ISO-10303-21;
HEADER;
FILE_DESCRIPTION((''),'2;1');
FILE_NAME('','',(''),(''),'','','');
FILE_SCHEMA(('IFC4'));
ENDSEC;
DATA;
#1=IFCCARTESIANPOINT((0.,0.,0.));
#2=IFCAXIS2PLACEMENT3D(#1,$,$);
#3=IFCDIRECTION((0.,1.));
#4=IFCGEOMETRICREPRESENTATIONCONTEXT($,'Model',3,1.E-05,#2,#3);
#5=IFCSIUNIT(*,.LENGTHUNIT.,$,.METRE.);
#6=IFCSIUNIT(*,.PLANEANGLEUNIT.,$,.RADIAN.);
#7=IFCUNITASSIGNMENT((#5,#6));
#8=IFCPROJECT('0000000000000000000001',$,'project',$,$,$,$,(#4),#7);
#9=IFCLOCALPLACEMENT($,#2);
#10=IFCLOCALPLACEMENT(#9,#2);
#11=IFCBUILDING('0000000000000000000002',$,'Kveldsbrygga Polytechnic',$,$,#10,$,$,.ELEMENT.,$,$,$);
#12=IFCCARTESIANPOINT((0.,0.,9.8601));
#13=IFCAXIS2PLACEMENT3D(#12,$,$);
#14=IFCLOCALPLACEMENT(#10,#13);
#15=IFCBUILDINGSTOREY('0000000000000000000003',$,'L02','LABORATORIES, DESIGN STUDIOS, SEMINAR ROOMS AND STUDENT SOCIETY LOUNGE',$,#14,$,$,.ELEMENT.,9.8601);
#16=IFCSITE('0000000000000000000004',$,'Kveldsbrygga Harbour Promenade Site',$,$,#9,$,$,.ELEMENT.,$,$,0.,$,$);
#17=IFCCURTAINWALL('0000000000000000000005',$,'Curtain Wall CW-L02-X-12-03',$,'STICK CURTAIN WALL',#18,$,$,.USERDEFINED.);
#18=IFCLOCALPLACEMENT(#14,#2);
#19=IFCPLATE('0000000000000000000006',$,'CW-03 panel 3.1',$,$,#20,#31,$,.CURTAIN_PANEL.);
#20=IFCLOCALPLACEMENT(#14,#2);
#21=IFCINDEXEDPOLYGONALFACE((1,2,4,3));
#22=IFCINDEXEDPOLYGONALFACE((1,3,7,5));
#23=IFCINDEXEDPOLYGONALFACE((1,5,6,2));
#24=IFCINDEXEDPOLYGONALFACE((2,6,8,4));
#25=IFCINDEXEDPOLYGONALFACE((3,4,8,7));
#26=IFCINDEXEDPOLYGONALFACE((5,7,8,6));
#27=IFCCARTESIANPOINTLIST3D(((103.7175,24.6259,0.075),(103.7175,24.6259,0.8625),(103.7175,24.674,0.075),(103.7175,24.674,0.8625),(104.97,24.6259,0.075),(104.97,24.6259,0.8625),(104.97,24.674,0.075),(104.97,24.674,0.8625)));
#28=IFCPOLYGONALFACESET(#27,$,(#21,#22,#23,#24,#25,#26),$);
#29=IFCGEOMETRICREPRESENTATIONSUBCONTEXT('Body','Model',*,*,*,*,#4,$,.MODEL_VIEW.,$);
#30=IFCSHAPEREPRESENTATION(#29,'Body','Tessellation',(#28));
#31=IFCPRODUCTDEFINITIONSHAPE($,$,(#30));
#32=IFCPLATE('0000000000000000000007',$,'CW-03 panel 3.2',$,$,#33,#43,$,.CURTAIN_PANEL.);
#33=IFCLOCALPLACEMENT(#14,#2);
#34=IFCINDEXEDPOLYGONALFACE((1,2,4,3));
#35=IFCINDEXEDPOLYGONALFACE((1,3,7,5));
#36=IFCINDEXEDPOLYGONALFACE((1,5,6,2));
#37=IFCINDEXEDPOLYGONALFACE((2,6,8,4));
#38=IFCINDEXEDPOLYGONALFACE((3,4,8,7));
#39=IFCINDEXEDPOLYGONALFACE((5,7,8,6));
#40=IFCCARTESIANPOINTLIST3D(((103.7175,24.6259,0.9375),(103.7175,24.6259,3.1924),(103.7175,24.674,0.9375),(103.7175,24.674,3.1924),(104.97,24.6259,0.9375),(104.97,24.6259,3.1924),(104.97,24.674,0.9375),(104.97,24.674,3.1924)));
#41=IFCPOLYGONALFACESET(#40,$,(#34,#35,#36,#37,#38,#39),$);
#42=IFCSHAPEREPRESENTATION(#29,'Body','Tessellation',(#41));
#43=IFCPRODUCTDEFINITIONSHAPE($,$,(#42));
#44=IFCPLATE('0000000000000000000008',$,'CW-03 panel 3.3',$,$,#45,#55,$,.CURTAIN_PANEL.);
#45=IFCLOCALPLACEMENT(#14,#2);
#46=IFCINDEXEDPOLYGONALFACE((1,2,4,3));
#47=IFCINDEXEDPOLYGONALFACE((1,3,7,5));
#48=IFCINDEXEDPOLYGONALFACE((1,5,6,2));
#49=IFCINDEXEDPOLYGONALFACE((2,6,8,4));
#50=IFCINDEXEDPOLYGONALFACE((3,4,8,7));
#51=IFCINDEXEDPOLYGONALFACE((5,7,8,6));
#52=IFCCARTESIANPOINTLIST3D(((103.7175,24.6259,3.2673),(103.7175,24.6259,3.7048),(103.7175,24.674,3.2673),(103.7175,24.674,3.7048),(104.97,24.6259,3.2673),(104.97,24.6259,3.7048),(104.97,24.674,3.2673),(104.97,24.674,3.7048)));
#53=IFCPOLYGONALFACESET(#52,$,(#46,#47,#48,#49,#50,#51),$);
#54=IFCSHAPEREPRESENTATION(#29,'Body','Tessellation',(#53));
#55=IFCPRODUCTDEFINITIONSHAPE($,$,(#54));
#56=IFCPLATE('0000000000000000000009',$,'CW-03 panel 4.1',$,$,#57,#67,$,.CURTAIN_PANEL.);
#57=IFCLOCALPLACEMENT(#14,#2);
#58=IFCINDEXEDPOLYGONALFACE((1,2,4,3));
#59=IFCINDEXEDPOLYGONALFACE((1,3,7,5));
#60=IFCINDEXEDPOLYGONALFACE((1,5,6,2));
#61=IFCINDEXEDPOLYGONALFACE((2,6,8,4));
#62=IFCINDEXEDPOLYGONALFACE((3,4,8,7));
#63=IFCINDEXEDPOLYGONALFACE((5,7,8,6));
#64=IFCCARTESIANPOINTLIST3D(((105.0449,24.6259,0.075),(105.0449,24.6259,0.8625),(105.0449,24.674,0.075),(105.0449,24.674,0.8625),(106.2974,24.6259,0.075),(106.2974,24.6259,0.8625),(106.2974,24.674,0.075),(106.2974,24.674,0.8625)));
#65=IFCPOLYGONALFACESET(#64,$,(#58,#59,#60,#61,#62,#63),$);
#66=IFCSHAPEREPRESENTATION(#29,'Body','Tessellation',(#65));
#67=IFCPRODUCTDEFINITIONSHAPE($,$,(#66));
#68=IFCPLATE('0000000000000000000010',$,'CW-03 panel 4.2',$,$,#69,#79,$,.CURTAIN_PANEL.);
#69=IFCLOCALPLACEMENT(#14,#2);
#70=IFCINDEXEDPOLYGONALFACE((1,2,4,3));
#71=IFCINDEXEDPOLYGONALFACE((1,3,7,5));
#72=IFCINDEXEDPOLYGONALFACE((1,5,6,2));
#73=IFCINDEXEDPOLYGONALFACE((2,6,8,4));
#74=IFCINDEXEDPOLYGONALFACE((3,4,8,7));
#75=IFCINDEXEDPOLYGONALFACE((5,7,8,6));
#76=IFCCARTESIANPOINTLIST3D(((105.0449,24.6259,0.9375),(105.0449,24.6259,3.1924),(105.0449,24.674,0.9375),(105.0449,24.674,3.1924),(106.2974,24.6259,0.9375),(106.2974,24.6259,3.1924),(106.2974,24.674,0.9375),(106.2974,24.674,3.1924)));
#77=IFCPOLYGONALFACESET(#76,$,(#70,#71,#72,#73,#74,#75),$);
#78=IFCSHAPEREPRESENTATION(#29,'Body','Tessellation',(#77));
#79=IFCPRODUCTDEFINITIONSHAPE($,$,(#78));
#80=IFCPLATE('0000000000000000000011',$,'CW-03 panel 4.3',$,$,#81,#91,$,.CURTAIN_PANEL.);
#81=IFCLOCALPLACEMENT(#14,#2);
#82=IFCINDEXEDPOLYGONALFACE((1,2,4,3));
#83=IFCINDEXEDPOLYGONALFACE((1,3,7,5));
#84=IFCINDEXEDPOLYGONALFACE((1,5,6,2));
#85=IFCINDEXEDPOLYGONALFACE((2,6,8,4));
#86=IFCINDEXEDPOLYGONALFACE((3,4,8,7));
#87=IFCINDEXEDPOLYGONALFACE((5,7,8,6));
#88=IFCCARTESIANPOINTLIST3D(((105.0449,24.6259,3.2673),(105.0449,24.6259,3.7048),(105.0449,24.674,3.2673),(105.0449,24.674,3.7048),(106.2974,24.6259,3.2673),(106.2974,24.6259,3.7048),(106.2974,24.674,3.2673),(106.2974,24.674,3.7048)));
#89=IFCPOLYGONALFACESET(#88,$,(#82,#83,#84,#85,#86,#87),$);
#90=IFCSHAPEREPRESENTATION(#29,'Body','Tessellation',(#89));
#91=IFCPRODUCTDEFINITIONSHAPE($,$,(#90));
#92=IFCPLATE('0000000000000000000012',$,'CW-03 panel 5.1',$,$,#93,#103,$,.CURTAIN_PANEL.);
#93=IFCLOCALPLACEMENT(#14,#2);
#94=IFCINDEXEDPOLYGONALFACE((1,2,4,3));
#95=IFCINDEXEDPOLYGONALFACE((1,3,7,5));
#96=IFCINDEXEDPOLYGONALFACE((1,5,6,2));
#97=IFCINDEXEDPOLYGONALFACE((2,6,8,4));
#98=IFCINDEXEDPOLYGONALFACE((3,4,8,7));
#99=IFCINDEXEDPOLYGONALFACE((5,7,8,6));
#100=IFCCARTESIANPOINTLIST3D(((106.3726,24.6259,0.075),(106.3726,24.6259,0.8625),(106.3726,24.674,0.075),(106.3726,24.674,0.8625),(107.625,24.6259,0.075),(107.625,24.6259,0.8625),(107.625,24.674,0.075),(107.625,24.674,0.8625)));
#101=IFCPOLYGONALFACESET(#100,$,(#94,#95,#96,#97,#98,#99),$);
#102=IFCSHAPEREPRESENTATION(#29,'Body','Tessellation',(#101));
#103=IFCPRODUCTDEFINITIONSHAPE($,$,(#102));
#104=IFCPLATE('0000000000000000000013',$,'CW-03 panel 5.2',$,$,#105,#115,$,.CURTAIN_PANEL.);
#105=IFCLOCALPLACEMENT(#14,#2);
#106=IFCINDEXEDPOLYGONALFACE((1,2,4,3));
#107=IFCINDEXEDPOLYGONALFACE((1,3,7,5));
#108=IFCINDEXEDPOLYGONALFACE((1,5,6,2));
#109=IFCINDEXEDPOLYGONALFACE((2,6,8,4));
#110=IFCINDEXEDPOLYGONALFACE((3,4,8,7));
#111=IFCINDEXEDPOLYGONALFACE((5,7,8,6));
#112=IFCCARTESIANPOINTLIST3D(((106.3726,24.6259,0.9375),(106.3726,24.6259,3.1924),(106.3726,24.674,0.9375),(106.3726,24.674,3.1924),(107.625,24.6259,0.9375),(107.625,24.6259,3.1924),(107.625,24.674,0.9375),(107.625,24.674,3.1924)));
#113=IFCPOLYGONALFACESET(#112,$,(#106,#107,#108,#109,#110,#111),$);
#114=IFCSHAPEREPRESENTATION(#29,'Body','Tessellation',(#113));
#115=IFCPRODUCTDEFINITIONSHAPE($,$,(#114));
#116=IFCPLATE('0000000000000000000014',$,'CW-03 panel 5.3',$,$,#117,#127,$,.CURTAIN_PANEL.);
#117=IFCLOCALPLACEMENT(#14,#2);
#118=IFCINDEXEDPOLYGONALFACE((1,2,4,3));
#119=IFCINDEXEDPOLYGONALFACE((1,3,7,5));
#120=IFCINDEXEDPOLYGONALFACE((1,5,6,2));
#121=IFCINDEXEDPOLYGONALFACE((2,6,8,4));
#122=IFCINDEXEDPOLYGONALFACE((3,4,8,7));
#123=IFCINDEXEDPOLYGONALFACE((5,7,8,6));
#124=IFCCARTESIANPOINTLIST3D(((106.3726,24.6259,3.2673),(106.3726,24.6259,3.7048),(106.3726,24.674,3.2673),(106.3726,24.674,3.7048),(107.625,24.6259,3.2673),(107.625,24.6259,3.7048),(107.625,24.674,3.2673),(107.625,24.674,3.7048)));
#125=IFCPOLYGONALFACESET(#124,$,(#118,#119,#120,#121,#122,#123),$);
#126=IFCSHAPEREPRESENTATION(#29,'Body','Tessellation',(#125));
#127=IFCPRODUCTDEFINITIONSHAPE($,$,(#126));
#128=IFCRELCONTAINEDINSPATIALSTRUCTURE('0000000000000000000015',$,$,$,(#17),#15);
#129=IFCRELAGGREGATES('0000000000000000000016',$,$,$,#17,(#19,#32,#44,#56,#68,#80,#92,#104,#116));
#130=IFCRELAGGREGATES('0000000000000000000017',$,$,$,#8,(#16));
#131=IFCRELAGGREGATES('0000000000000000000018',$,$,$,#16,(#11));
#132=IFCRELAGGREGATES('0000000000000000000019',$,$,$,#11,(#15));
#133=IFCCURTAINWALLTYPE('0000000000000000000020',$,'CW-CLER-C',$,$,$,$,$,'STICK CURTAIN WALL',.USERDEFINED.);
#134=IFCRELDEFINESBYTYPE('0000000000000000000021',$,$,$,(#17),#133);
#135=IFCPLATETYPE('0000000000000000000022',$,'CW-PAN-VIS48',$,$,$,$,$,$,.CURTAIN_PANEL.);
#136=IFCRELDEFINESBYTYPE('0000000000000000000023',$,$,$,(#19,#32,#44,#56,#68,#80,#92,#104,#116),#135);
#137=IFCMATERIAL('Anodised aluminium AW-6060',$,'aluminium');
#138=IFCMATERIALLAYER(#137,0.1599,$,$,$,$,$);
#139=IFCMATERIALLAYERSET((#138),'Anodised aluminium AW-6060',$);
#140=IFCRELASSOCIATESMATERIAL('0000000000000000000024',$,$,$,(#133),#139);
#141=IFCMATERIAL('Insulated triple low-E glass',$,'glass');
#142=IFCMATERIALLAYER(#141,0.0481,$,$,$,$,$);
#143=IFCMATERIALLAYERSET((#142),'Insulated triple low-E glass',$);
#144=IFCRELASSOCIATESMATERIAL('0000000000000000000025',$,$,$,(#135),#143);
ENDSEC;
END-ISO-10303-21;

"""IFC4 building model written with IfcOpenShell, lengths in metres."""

from ifc_helpers import new_model, si_unit, direction, frame, origin, origin_2d, place, context, subcontext, project, spatial, rectangle, extrude, material, layer, layer_set, type_object, element, aggregate, save


model = new_model("IFC4")

# Units and contexts
model_context = context("Model", 3, precision=1e-05, world=origin(), true_north=direction((0.0, 1.0)))
body_context = subcontext(model_context, "Body", "Model", "MODEL_VIEW")
ifc_project = project(units=[si_unit("LENGTHUNIT", "METRE"), si_unit("PLANEANGLEUNIT", "RADIAN")], contexts=[model_context])

# Site, building, storey
site_placement = place(None, origin())
site = spatial("IfcSite", under=ifc_project, at=site_placement, Name="Kveldsbrygga Harbour Promenade Site", CompositionType="ELEMENT", RefElevation=0.0)
building_placement = place(site_placement, origin())
building = spatial("IfcBuilding", under=site, at=building_placement, Name="Kveldsbrygga Polytechnic", CompositionType="ELEMENT")
storey_placement = place(building_placement, frame((0.0, 0.0, 9.8601)))
storey = spatial("IfcBuildingStorey", under=building, at=storey_placement, Name="L02", Description="LABORATORIES, DESIGN STUDIOS, SEMINAR ROOMS AND STUDENT SOCIETY LOUNGE", CompositionType="ELEMENT", Elevation=9.8601)

# Curtain wall, plates
ifc_material_1 = material(Name="Anodised aluminium AW-6060", Category="aluminium")
ifc_layer_1 = layer(ifc_material_1, 0.1599)
ifc_layer_set_1 = layer_set([ifc_layer_1], Name="Anodised aluminium AW-6060")
curtain_wall_type = type_object("IfcCurtainWallType", Name="CW-CLER-C", ElementType="STICK CURTAIN WALL", PredefinedType="USERDEFINED", material=ifc_layer_set_1)
curtain_wall_placement = place(storey_placement, origin())
curtain_wall = element("IfcCurtainWall", 1, at=curtain_wall_placement, inside=storey, type_object=curtain_wall_type, Name="Curtain Wall CW-L02-X-12-03", ObjectType="STICK CURTAIN WALL", PredefinedType="USERDEFINED")
ifc_material_2 = material(Name="Insulated triple low-E glass", Category="glass")
ifc_layer_2 = layer(ifc_material_2, 0.0481)
ifc_layer_set_2 = layer_set([ifc_layer_2], Name="Insulated triple low-E glass")
plate_type = type_object("IfcPlateType", Name="CW-PAN-VIS48", PredefinedType="CURTAIN_PANEL", material=ifc_layer_set_2)
plate_1_placement = place(storey_placement, frame((104.3438, 24.6499, 0.075), z_axis=(0.0, 0.0, 1.0), x_axis=(1.0, 0.0, 0.0)))
plate_1 = element("IfcPlate", 2, at=plate_1_placement, type_object=plate_type, Name="CW-03 panel 3.1", PredefinedType="CURTAIN_PANEL", context=body_context, shape_type="SweptSolid", body=[
    extrude(rectangle(XDim=1.2524, YDim=0.0481, at=origin_2d()), origin(), (0.0, 0.0, 1.0), 0.7876),
])
plate_2_placement = place(storey_placement, frame((104.3438, 24.6499, 0.9375), z_axis=(0.0, 0.0, 1.0), x_axis=(1.0, 0.0, 0.0)))
plate_2 = element("IfcPlate", 3, at=plate_2_placement, type_object=plate_type, Name="CW-03 panel 3.2", PredefinedType="CURTAIN_PANEL", context=body_context, shape_type="SweptSolid", body=[
    extrude(rectangle(XDim=1.2524, YDim=0.0481, at=origin_2d()), origin(), (0.0, 0.0, 1.0), 2.2549),
])
plate_3_placement = place(storey_placement, frame((104.3438, 24.6499, 3.2673), z_axis=(0.0, 0.0, 1.0), x_axis=(1.0, 0.0, 0.0)))
plate_3 = element("IfcPlate", 4, at=plate_3_placement, type_object=plate_type, Name="CW-03 panel 3.3", PredefinedType="CURTAIN_PANEL", context=body_context, shape_type="SweptSolid", body=[
    extrude(rectangle(XDim=1.2524, YDim=0.0481, at=origin_2d()), origin(), (0.0, 0.0, 1.0), 0.4375),
])
plate_4_placement = place(storey_placement, frame((105.6711, 24.6499, 0.075), z_axis=(0.0, 0.0, 1.0), x_axis=(1.0, 0.0, 0.0)))
plate_4 = element("IfcPlate", 5, at=plate_4_placement, type_object=plate_type, Name="CW-03 panel 4.1", PredefinedType="CURTAIN_PANEL", context=body_context, shape_type="SweptSolid", body=[
    extrude(rectangle(XDim=1.2524, YDim=0.0481, at=origin_2d()), origin(), (0.0, 0.0, 1.0), 0.7876),
])
plate_5_placement = place(storey_placement, frame((105.6711, 24.6499, 0.9375), z_axis=(0.0, 0.0, 1.0), x_axis=(1.0, 0.0, 0.0)))
plate_5 = element("IfcPlate", 6, at=plate_5_placement, type_object=plate_type, Name="CW-03 panel 4.2", PredefinedType="CURTAIN_PANEL", context=body_context, shape_type="SweptSolid", body=[
    extrude(rectangle(XDim=1.2524, YDim=0.0481, at=origin_2d()), origin(), (0.0, 0.0, 1.0), 2.2549),
])
plate_6_placement = place(storey_placement, frame((105.6711, 24.6499, 3.2673), z_axis=(0.0, 0.0, 1.0), x_axis=(1.0, 0.0, 0.0)))
plate_6 = element("IfcPlate", 7, at=plate_6_placement, type_object=plate_type, Name="CW-03 panel 4.3", PredefinedType="CURTAIN_PANEL", context=body_context, shape_type="SweptSolid", body=[
    extrude(rectangle(XDim=1.2524, YDim=0.0481, at=origin_2d()), origin(), (0.0, 0.0, 1.0), 0.4375),
])
plate_7_placement = place(storey_placement, frame((106.9988, 24.6499, 0.075), z_axis=(0.0, 0.0, 1.0), x_axis=(1.0, 0.0, 0.0)))
plate_7 = element("IfcPlate", 8, at=plate_7_placement, type_object=plate_type, Name="CW-03 panel 5.1", PredefinedType="CURTAIN_PANEL", context=body_context, shape_type="SweptSolid", body=[
    extrude(rectangle(XDim=1.2524, YDim=0.0481, at=origin_2d()), origin(), (0.0, 0.0, 1.0), 0.7876),
])
plate_8_placement = place(storey_placement, frame((106.9988, 24.6499, 0.9375), z_axis=(0.0, 0.0, 1.0), x_axis=(1.0, 0.0, 0.0)))
plate_8 = element("IfcPlate", 9, at=plate_8_placement, type_object=plate_type, Name="CW-03 panel 5.2", PredefinedType="CURTAIN_PANEL", context=body_context, shape_type="SweptSolid", body=[
    extrude(rectangle(XDim=1.2524, YDim=0.0481, at=origin_2d()), origin(), (0.0, 0.0, 1.0), 2.2549),
])
plate_9_placement = place(storey_placement, frame((106.9988, 24.6499, 3.2673), z_axis=(0.0, 0.0, 1.0), x_axis=(1.0, 0.0, 0.0)))
plate_9 = element("IfcPlate", 10, at=plate_9_placement, type_object=plate_type, Name="CW-03 panel 5.3", PredefinedType="CURTAIN_PANEL", context=body_context, shape_type="SweptSolid", body=[
    extrude(rectangle(XDim=1.2524, YDim=0.0481, at=origin_2d()), origin(), (0.0, 0.0, 1.0), 0.4375),
])
aggregate(curtain_wall, [plate_1, plate_2, plate_3, plate_4, plate_5, plate_6, plate_7, plate_8, plate_9])

save(model, "model.ifc")
